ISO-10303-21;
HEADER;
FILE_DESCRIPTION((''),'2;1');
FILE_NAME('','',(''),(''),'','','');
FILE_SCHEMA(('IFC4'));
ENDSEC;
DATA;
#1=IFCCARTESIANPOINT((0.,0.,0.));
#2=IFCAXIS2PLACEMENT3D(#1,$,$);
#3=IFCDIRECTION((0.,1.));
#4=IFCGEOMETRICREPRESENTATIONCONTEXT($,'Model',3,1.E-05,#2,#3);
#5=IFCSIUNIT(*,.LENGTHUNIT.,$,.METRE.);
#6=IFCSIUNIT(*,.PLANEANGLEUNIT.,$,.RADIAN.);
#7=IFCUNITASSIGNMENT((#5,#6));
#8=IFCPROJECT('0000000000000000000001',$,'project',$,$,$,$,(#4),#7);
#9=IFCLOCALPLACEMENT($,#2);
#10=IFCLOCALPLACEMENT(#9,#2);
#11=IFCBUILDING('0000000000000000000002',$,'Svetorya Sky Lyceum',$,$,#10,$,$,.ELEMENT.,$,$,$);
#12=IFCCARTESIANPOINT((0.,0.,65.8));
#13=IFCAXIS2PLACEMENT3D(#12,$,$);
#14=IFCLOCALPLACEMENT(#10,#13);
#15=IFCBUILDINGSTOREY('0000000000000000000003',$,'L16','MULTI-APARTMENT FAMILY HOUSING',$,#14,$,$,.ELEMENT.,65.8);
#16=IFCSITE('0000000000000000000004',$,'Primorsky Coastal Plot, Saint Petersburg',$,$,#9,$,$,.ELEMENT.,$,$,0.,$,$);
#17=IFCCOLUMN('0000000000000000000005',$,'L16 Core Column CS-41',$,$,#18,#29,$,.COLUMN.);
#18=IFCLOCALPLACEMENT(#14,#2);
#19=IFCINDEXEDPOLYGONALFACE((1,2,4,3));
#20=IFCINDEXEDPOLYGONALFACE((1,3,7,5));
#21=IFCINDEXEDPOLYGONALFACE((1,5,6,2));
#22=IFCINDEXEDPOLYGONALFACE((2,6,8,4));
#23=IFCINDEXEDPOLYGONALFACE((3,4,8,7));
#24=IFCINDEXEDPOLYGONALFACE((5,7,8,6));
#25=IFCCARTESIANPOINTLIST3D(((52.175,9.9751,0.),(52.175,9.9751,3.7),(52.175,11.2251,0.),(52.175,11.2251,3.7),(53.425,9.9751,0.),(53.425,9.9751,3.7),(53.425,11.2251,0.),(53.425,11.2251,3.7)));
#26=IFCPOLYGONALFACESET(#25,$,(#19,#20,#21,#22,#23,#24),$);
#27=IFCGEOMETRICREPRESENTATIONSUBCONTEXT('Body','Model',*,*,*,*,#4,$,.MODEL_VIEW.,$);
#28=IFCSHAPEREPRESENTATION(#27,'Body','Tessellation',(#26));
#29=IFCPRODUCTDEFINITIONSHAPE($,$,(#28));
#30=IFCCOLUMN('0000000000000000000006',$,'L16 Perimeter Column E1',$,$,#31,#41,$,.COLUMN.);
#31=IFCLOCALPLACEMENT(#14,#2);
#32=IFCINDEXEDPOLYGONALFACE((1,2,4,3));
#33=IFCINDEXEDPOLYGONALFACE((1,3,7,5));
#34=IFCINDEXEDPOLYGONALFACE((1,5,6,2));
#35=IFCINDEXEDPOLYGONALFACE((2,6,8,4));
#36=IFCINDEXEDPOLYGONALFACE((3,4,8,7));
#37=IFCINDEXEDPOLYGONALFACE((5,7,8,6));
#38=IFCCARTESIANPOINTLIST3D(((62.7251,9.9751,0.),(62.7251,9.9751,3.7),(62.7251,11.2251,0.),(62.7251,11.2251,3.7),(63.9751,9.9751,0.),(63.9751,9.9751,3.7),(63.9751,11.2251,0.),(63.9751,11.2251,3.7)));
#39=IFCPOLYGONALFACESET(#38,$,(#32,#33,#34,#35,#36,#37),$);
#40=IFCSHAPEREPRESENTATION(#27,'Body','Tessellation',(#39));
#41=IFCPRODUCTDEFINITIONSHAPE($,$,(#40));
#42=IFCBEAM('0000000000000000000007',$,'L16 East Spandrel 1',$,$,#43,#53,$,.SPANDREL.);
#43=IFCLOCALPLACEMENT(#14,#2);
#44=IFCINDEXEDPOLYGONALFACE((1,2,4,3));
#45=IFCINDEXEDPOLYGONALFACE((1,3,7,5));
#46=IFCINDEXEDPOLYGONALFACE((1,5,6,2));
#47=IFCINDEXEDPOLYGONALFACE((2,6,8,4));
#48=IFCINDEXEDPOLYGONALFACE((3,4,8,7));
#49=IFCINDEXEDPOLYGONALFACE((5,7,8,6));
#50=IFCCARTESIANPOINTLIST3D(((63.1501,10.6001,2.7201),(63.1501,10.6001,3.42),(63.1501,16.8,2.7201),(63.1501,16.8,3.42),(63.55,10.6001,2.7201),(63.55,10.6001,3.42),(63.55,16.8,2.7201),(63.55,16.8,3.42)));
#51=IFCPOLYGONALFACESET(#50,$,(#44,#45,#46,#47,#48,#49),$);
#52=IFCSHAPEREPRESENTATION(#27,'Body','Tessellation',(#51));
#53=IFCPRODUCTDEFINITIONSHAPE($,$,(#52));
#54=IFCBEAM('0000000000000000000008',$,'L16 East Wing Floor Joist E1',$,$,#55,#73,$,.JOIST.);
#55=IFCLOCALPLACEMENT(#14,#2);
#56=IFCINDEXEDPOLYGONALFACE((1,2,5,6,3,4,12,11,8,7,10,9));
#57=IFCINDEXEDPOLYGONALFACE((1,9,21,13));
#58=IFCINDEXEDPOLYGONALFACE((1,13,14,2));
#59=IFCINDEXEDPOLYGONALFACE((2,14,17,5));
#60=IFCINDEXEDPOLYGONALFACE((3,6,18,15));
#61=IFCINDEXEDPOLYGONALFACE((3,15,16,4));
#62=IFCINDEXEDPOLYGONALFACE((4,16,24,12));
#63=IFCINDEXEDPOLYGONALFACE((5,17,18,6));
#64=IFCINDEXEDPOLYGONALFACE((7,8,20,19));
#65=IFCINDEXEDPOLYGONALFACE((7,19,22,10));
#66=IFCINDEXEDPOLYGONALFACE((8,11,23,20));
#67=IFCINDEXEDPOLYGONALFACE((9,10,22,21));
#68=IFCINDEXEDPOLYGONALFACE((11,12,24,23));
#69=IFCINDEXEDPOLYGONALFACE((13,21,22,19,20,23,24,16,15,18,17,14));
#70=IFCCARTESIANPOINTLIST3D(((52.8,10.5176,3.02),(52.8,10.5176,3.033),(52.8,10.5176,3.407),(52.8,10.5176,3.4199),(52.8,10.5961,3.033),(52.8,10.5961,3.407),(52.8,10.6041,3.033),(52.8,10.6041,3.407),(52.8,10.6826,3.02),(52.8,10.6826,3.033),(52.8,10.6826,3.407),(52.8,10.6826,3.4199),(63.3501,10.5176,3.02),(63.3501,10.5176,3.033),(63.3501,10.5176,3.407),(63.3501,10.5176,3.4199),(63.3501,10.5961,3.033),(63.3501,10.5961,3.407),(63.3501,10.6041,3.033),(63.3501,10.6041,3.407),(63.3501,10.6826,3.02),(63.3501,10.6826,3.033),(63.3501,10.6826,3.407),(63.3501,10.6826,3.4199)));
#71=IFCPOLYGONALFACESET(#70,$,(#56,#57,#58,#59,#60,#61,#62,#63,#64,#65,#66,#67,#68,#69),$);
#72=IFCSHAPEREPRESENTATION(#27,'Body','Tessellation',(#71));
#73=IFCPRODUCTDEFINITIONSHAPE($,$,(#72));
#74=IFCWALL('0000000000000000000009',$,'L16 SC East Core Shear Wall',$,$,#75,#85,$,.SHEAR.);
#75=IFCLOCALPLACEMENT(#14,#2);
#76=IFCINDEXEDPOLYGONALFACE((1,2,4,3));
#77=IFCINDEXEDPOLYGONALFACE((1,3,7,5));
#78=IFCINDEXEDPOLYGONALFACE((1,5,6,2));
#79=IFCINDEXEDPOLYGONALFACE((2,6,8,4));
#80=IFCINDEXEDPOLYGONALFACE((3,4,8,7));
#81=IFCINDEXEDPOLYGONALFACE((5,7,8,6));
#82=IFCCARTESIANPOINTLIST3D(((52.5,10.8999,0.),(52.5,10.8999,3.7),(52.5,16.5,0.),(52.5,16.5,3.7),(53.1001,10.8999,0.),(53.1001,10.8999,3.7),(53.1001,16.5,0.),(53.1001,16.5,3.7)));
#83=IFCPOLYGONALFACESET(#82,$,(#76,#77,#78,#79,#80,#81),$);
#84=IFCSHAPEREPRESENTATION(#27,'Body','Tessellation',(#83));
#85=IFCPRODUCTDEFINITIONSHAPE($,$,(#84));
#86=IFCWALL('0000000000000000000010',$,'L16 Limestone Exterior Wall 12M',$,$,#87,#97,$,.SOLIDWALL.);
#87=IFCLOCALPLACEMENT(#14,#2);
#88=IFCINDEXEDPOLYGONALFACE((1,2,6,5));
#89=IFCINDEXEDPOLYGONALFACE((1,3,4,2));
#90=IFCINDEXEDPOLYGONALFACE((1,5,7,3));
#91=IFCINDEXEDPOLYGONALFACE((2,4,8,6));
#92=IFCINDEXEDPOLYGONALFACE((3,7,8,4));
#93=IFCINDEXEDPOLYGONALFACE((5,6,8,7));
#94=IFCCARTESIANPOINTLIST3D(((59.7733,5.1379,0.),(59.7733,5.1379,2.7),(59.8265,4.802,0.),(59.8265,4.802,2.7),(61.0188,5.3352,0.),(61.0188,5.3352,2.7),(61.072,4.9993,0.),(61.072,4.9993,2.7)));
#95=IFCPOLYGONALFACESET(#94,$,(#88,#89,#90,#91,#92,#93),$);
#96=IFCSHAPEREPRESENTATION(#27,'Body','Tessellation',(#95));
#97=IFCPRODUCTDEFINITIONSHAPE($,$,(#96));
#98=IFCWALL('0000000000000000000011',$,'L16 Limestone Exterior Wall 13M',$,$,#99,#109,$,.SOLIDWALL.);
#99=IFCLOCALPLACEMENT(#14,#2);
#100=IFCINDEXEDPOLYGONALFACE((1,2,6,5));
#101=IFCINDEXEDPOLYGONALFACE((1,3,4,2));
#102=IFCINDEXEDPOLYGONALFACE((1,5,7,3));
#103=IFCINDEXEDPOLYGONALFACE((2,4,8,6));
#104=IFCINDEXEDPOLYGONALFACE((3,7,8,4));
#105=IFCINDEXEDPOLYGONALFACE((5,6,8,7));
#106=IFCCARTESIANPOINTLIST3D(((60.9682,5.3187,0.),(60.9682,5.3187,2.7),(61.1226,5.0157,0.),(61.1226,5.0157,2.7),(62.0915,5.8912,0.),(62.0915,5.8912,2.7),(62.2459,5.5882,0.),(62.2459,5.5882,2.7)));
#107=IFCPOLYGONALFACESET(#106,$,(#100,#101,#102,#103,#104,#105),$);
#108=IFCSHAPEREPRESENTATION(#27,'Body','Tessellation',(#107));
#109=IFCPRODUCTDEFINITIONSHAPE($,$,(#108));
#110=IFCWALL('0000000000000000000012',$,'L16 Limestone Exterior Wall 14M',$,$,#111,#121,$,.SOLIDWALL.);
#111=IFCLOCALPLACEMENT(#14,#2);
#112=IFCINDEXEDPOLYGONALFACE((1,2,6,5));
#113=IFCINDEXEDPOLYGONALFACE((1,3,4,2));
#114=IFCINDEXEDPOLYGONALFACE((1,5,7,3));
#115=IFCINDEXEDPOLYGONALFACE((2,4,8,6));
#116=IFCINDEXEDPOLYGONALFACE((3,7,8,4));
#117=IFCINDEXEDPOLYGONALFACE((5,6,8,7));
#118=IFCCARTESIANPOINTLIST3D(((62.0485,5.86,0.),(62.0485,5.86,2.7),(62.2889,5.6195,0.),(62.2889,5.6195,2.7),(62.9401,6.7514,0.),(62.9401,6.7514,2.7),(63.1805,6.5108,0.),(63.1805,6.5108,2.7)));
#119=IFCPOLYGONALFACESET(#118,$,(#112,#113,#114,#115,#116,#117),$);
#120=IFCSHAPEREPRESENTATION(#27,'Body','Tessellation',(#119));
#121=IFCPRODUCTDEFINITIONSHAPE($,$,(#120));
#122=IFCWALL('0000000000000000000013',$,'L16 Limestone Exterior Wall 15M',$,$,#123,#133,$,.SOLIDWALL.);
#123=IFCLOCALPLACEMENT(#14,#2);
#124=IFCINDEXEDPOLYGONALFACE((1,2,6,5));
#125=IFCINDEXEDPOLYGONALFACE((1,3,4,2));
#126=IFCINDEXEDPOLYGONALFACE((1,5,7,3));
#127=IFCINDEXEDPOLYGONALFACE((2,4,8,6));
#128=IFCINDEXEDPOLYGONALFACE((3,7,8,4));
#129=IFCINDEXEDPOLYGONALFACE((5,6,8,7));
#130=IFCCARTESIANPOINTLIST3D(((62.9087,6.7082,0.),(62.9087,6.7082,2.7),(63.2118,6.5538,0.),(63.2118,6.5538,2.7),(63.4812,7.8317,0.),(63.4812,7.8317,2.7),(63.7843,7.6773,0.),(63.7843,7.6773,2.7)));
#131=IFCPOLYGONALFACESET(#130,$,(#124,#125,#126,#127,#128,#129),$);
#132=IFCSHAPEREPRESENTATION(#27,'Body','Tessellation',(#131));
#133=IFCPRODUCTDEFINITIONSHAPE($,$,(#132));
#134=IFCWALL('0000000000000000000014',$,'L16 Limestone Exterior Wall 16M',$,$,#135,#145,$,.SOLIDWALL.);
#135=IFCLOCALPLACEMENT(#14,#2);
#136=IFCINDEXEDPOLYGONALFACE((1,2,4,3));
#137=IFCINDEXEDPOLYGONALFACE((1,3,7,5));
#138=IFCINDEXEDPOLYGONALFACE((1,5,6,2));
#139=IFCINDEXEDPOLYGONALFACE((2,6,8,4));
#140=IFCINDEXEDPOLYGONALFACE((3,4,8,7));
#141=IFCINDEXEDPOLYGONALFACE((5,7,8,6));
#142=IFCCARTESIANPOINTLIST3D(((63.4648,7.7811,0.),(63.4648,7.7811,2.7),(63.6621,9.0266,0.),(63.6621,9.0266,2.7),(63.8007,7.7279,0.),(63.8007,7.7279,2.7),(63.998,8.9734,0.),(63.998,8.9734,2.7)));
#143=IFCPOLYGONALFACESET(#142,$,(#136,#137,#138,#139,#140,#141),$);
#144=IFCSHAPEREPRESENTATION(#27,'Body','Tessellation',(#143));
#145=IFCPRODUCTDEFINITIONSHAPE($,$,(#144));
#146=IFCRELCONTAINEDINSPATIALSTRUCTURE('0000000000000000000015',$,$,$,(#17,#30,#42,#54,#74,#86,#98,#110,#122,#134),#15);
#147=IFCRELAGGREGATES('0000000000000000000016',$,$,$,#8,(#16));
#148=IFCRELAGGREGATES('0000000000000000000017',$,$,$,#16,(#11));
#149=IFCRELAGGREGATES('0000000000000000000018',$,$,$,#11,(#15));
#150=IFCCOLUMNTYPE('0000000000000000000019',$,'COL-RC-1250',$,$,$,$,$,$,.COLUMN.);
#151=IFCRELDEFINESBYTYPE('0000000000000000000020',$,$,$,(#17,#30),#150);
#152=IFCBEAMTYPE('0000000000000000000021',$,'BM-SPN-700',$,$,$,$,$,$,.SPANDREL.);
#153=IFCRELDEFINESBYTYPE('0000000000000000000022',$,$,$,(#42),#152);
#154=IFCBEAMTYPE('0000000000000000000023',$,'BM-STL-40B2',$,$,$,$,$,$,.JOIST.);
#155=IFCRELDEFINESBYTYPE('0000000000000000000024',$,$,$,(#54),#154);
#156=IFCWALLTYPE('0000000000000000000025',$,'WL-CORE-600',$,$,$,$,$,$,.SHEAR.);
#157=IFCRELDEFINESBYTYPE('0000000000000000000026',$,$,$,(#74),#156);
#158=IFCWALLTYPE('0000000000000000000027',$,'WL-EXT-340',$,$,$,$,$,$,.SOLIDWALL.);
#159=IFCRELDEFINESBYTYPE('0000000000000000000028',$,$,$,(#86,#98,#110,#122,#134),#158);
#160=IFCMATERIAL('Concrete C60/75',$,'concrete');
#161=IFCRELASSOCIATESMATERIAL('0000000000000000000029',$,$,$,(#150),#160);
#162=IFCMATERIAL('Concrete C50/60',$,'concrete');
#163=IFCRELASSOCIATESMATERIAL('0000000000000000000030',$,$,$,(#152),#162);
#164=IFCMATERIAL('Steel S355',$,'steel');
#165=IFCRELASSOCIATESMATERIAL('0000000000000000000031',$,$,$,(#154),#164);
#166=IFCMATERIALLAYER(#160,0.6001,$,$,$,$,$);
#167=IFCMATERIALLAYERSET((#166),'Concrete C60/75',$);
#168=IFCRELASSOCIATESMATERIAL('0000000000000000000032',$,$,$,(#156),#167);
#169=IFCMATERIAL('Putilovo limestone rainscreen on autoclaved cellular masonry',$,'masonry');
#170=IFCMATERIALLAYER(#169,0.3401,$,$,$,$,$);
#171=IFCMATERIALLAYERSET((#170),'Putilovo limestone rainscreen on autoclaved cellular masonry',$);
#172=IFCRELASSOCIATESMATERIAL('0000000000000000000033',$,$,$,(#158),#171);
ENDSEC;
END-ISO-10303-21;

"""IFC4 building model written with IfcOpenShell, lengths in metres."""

from ifc_helpers import new_model, si_unit, direction, frame, frame_2d, origin, origin_2d, place, context, subcontext, project, spatial, rectangle, i_section, extrude, material, layer, layer_set, material_profile, profile_set, type_object, element, save


model = new_model("IFC4")

# Units and contexts
model_context = context("Model", 3, precision=1e-05, world=origin(), true_north=direction((0.0, 1.0)))
body_context = subcontext(model_context, "Body", "Model", "MODEL_VIEW")
ifc_project = project(units=[si_unit("LENGTHUNIT", "METRE"), si_unit("PLANEANGLEUNIT", "RADIAN")], contexts=[model_context])

# Site, building, storey
site_placement = place(None, origin())
site = spatial("IfcSite", under=ifc_project, at=site_placement, Name="Primorsky Coastal Plot, Saint Petersburg", CompositionType="ELEMENT", RefElevation=0.0)
building_placement = place(site_placement, origin())
building = spatial("IfcBuilding", under=site, at=building_placement, Name="Svetorya Sky Lyceum", CompositionType="ELEMENT")
storey_placement = place(building_placement, frame((0.0, 0.0, 65.8)))
storey = spatial("IfcBuildingStorey", under=building, at=storey_placement, Name="L16", Description="MULTI-APARTMENT FAMILY HOUSING", CompositionType="ELEMENT", Elevation=65.8)

# Columns
ifc_material_1 = material(Name="Concrete C60/75", Category="concrete")
ifc_material_profile_1 = material_profile(ifc_material_1, rectangle(XDim=1.25, YDim=1.25, at=origin_2d()), Name="RC COL 1250x1250")
ifc_profile_set_1 = profile_set([ifc_material_profile_1], Name="Concrete C60/75")
column_type = type_object("IfcColumnType", Name="COL-RC-1250", PredefinedType="COLUMN", material=ifc_profile_set_1)
for number, where, z_axis, x_axis, name in (
    (1, (52.8, 10.6001, 0.0), (0.0, 0.0, 1.0), (1.0, 0.0, 0.0), "L16 Core Column CS-41"),
    (2, (63.3501, 10.6001, 0.0), (0.0, 0.0, 1.0), (1.0, 0.0, 0.0), "L16 Perimeter Column E1"),
):
    element("IfcColumn", number, at=place(storey_placement, frame(where, z_axis=z_axis, x_axis=x_axis)), inside=storey, type_object=column_type, Name=name, PredefinedType="COLUMN", context=body_context, shape_type="SweptSolid", body=[
        extrude(rectangle(XDim=1.25, YDim=1.25, at=origin_2d()), origin(), (0.0, 0.0, 1.0), 3.7),
    ])

# Beams
ifc_material_2 = material(Name="Concrete C50/60", Category="concrete")
ifc_material_profile_2 = material_profile(ifc_material_2, rectangle(XDim=0.3999, YDim=0.7, at=origin_2d()), Name="RC SPANDREL 400x700")
ifc_profile_set_2 = profile_set([ifc_material_profile_2], Name="Concrete C50/60")
beam_type_1 = type_object("IfcBeamType", Name="BM-SPN-700", PredefinedType="SPANDREL", material=ifc_profile_set_2)
beam_1_placement = place(storey_placement, frame((63.3501, 10.6001, 3.0701), z_axis=(0.0, 1.0, 0.0), x_axis=(-1.0, 0.0, 0.0)))
element("IfcBeam", 3, at=beam_1_placement, inside=storey, type_object=beam_type_1, Name="L16 East Spandrel 1", PredefinedType="SPANDREL", context=body_context, shape_type="SweptSolid", body=[
    extrude(rectangle(XDim=0.3999, YDim=0.7, at=origin_2d()), origin(), (0.0, 0.0, 1.0), 6.2),
])
ifc_material_3 = material(Name="Steel S355", Category="steel")
ifc_material_profile_3 = material_profile(ifc_material_3, i_section(OverallWidth=0.165, OverallDepth=0.3999, WebThickness=0.0081, FlangeThickness=0.0129, at=origin_2d()), Name="GOST 40B2")
ifc_profile_set_3 = profile_set([ifc_material_profile_3], Name="Steel S355")
beam_type_2 = type_object("IfcBeamType", Name="BM-STL-40B2", PredefinedType="JOIST", material=ifc_profile_set_3)
beam_2_placement = place(storey_placement, frame((52.8, 10.6001, 3.22), z_axis=(1.0, 0.0, 0.0), x_axis=(0.0, 1.0, 0.0)))
element("IfcBeam", 4, at=beam_2_placement, inside=storey, type_object=beam_type_2, Name="L16 East Wing Floor Joist E1", PredefinedType="JOIST", context=body_context, shape_type="SweptSolid", body=[
    extrude(i_section(OverallWidth=0.165, OverallDepth=0.3999, WebThickness=0.0081, FlangeThickness=0.0129, at=origin_2d()), origin(), (0.0, 0.0, 1.0), 10.55),
])

# Walls
ifc_layer_1 = layer(ifc_material_1, 0.6001)
ifc_layer_set_1 = layer_set([ifc_layer_1], Name="Concrete C60/75")
wall_type_1 = type_object("IfcWallType", Name="WL-CORE-600", PredefinedType="SHEAR", material=ifc_layer_set_1)
wall_1_placement = place(storey_placement, frame((52.8, 10.8999, 0.0), z_axis=(0.0, 0.0, 1.0), x_axis=(0.0, 1.0, 0.0)))
element("IfcWall", 5, at=wall_1_placement, inside=storey, type_object=wall_type_1, Name="L16 SC East Core Shear Wall", PredefinedType="SHEAR", context=body_context, shape_type="SweptSolid", body=[
    extrude(rectangle(XDim=5.6001, YDim=0.6001, at=frame_2d((2.8, 0.0))), origin(), (0.0, 0.0, 1.0), 3.7),
])
ifc_material_4 = material(Name="Putilovo limestone rainscreen on autoclaved cellular masonry", Category="masonry")
ifc_layer_2 = layer(ifc_material_4, 0.3401)
ifc_layer_set_2 = layer_set([ifc_layer_2], Name="Putilovo limestone rainscreen on autoclaved cellular masonry")
wall_type_2 = type_object("IfcWallType", Name="WL-EXT-340", PredefinedType="SOLIDWALL", material=ifc_layer_set_2)
wall_2_placement = place(storey_placement, frame((59.8, 4.97, 0.0), z_axis=(0.0, 0.0, 1.0), x_axis=(0.987686, 0.15645, 0.0)))
element("IfcWall", 6, at=wall_2_placement, inside=storey, type_object=wall_type_2, Name="L16 Limestone Exterior Wall 12M", PredefinedType="SOLIDWALL", context=body_context, shape_type="SweptSolid", body=[
    extrude(rectangle(XDim=1.261, YDim=0.3401, at=frame_2d((0.6304, 0.0))), origin(), (0.0, 0.0, 1.0), 2.7),
])
for number, where, z_axis, x_axis, name in (
    (7, (61.0454, 5.1672, 0.0), (0.0, 0.0, 1.0), (0.890954, 0.454094, 0.0), "L16 Limestone Exterior Wall 13M"),
    (8, (62.1687, 5.7397, 0.0), (0.0, 0.0, 1.0), (0.707204, 0.70701, 0.0), "L16 Limestone Exterior Wall 14M"),
):
    element("IfcWall", number, at=place(storey_placement, frame(where, z_axis=z_axis, x_axis=x_axis)), inside=storey, type_object=wall_type_2, Name=name, PredefinedType="SOLIDWALL", context=body_context, shape_type="SweptSolid", body=[
        extrude(rectangle(XDim=1.2607, YDim=0.3401, at=frame_2d((0.6304, 0.0))), origin(), (0.0, 0.0, 1.0), 2.7),
    ])
for number, where, z_axis, x_axis, name in (
    (9, (63.0603, 6.6311, 0.0), (0.0, 0.0, 1.0), (0.454016, 0.890994, 0.0), "L16 Limestone Exterior Wall 15M"),
    (10, (63.6328, 7.7546, 0.0), (0.0, 0.0, 1.0), (0.15645, 0.987686, 0.0), "L16 Limestone Exterior Wall 16M"),
):
    element("IfcWall", number, at=place(storey_placement, frame(where, z_axis=z_axis, x_axis=x_axis)), inside=storey, type_object=wall_type_2, Name=name, PredefinedType="SOLIDWALL", context=body_context, shape_type="SweptSolid", body=[
        extrude(rectangle(XDim=1.261, YDim=0.3401, at=frame_2d((0.6304, 0.0))), origin(), (0.0, 0.0, 1.0), 2.7),
    ])

save(model, "model.ifc")
